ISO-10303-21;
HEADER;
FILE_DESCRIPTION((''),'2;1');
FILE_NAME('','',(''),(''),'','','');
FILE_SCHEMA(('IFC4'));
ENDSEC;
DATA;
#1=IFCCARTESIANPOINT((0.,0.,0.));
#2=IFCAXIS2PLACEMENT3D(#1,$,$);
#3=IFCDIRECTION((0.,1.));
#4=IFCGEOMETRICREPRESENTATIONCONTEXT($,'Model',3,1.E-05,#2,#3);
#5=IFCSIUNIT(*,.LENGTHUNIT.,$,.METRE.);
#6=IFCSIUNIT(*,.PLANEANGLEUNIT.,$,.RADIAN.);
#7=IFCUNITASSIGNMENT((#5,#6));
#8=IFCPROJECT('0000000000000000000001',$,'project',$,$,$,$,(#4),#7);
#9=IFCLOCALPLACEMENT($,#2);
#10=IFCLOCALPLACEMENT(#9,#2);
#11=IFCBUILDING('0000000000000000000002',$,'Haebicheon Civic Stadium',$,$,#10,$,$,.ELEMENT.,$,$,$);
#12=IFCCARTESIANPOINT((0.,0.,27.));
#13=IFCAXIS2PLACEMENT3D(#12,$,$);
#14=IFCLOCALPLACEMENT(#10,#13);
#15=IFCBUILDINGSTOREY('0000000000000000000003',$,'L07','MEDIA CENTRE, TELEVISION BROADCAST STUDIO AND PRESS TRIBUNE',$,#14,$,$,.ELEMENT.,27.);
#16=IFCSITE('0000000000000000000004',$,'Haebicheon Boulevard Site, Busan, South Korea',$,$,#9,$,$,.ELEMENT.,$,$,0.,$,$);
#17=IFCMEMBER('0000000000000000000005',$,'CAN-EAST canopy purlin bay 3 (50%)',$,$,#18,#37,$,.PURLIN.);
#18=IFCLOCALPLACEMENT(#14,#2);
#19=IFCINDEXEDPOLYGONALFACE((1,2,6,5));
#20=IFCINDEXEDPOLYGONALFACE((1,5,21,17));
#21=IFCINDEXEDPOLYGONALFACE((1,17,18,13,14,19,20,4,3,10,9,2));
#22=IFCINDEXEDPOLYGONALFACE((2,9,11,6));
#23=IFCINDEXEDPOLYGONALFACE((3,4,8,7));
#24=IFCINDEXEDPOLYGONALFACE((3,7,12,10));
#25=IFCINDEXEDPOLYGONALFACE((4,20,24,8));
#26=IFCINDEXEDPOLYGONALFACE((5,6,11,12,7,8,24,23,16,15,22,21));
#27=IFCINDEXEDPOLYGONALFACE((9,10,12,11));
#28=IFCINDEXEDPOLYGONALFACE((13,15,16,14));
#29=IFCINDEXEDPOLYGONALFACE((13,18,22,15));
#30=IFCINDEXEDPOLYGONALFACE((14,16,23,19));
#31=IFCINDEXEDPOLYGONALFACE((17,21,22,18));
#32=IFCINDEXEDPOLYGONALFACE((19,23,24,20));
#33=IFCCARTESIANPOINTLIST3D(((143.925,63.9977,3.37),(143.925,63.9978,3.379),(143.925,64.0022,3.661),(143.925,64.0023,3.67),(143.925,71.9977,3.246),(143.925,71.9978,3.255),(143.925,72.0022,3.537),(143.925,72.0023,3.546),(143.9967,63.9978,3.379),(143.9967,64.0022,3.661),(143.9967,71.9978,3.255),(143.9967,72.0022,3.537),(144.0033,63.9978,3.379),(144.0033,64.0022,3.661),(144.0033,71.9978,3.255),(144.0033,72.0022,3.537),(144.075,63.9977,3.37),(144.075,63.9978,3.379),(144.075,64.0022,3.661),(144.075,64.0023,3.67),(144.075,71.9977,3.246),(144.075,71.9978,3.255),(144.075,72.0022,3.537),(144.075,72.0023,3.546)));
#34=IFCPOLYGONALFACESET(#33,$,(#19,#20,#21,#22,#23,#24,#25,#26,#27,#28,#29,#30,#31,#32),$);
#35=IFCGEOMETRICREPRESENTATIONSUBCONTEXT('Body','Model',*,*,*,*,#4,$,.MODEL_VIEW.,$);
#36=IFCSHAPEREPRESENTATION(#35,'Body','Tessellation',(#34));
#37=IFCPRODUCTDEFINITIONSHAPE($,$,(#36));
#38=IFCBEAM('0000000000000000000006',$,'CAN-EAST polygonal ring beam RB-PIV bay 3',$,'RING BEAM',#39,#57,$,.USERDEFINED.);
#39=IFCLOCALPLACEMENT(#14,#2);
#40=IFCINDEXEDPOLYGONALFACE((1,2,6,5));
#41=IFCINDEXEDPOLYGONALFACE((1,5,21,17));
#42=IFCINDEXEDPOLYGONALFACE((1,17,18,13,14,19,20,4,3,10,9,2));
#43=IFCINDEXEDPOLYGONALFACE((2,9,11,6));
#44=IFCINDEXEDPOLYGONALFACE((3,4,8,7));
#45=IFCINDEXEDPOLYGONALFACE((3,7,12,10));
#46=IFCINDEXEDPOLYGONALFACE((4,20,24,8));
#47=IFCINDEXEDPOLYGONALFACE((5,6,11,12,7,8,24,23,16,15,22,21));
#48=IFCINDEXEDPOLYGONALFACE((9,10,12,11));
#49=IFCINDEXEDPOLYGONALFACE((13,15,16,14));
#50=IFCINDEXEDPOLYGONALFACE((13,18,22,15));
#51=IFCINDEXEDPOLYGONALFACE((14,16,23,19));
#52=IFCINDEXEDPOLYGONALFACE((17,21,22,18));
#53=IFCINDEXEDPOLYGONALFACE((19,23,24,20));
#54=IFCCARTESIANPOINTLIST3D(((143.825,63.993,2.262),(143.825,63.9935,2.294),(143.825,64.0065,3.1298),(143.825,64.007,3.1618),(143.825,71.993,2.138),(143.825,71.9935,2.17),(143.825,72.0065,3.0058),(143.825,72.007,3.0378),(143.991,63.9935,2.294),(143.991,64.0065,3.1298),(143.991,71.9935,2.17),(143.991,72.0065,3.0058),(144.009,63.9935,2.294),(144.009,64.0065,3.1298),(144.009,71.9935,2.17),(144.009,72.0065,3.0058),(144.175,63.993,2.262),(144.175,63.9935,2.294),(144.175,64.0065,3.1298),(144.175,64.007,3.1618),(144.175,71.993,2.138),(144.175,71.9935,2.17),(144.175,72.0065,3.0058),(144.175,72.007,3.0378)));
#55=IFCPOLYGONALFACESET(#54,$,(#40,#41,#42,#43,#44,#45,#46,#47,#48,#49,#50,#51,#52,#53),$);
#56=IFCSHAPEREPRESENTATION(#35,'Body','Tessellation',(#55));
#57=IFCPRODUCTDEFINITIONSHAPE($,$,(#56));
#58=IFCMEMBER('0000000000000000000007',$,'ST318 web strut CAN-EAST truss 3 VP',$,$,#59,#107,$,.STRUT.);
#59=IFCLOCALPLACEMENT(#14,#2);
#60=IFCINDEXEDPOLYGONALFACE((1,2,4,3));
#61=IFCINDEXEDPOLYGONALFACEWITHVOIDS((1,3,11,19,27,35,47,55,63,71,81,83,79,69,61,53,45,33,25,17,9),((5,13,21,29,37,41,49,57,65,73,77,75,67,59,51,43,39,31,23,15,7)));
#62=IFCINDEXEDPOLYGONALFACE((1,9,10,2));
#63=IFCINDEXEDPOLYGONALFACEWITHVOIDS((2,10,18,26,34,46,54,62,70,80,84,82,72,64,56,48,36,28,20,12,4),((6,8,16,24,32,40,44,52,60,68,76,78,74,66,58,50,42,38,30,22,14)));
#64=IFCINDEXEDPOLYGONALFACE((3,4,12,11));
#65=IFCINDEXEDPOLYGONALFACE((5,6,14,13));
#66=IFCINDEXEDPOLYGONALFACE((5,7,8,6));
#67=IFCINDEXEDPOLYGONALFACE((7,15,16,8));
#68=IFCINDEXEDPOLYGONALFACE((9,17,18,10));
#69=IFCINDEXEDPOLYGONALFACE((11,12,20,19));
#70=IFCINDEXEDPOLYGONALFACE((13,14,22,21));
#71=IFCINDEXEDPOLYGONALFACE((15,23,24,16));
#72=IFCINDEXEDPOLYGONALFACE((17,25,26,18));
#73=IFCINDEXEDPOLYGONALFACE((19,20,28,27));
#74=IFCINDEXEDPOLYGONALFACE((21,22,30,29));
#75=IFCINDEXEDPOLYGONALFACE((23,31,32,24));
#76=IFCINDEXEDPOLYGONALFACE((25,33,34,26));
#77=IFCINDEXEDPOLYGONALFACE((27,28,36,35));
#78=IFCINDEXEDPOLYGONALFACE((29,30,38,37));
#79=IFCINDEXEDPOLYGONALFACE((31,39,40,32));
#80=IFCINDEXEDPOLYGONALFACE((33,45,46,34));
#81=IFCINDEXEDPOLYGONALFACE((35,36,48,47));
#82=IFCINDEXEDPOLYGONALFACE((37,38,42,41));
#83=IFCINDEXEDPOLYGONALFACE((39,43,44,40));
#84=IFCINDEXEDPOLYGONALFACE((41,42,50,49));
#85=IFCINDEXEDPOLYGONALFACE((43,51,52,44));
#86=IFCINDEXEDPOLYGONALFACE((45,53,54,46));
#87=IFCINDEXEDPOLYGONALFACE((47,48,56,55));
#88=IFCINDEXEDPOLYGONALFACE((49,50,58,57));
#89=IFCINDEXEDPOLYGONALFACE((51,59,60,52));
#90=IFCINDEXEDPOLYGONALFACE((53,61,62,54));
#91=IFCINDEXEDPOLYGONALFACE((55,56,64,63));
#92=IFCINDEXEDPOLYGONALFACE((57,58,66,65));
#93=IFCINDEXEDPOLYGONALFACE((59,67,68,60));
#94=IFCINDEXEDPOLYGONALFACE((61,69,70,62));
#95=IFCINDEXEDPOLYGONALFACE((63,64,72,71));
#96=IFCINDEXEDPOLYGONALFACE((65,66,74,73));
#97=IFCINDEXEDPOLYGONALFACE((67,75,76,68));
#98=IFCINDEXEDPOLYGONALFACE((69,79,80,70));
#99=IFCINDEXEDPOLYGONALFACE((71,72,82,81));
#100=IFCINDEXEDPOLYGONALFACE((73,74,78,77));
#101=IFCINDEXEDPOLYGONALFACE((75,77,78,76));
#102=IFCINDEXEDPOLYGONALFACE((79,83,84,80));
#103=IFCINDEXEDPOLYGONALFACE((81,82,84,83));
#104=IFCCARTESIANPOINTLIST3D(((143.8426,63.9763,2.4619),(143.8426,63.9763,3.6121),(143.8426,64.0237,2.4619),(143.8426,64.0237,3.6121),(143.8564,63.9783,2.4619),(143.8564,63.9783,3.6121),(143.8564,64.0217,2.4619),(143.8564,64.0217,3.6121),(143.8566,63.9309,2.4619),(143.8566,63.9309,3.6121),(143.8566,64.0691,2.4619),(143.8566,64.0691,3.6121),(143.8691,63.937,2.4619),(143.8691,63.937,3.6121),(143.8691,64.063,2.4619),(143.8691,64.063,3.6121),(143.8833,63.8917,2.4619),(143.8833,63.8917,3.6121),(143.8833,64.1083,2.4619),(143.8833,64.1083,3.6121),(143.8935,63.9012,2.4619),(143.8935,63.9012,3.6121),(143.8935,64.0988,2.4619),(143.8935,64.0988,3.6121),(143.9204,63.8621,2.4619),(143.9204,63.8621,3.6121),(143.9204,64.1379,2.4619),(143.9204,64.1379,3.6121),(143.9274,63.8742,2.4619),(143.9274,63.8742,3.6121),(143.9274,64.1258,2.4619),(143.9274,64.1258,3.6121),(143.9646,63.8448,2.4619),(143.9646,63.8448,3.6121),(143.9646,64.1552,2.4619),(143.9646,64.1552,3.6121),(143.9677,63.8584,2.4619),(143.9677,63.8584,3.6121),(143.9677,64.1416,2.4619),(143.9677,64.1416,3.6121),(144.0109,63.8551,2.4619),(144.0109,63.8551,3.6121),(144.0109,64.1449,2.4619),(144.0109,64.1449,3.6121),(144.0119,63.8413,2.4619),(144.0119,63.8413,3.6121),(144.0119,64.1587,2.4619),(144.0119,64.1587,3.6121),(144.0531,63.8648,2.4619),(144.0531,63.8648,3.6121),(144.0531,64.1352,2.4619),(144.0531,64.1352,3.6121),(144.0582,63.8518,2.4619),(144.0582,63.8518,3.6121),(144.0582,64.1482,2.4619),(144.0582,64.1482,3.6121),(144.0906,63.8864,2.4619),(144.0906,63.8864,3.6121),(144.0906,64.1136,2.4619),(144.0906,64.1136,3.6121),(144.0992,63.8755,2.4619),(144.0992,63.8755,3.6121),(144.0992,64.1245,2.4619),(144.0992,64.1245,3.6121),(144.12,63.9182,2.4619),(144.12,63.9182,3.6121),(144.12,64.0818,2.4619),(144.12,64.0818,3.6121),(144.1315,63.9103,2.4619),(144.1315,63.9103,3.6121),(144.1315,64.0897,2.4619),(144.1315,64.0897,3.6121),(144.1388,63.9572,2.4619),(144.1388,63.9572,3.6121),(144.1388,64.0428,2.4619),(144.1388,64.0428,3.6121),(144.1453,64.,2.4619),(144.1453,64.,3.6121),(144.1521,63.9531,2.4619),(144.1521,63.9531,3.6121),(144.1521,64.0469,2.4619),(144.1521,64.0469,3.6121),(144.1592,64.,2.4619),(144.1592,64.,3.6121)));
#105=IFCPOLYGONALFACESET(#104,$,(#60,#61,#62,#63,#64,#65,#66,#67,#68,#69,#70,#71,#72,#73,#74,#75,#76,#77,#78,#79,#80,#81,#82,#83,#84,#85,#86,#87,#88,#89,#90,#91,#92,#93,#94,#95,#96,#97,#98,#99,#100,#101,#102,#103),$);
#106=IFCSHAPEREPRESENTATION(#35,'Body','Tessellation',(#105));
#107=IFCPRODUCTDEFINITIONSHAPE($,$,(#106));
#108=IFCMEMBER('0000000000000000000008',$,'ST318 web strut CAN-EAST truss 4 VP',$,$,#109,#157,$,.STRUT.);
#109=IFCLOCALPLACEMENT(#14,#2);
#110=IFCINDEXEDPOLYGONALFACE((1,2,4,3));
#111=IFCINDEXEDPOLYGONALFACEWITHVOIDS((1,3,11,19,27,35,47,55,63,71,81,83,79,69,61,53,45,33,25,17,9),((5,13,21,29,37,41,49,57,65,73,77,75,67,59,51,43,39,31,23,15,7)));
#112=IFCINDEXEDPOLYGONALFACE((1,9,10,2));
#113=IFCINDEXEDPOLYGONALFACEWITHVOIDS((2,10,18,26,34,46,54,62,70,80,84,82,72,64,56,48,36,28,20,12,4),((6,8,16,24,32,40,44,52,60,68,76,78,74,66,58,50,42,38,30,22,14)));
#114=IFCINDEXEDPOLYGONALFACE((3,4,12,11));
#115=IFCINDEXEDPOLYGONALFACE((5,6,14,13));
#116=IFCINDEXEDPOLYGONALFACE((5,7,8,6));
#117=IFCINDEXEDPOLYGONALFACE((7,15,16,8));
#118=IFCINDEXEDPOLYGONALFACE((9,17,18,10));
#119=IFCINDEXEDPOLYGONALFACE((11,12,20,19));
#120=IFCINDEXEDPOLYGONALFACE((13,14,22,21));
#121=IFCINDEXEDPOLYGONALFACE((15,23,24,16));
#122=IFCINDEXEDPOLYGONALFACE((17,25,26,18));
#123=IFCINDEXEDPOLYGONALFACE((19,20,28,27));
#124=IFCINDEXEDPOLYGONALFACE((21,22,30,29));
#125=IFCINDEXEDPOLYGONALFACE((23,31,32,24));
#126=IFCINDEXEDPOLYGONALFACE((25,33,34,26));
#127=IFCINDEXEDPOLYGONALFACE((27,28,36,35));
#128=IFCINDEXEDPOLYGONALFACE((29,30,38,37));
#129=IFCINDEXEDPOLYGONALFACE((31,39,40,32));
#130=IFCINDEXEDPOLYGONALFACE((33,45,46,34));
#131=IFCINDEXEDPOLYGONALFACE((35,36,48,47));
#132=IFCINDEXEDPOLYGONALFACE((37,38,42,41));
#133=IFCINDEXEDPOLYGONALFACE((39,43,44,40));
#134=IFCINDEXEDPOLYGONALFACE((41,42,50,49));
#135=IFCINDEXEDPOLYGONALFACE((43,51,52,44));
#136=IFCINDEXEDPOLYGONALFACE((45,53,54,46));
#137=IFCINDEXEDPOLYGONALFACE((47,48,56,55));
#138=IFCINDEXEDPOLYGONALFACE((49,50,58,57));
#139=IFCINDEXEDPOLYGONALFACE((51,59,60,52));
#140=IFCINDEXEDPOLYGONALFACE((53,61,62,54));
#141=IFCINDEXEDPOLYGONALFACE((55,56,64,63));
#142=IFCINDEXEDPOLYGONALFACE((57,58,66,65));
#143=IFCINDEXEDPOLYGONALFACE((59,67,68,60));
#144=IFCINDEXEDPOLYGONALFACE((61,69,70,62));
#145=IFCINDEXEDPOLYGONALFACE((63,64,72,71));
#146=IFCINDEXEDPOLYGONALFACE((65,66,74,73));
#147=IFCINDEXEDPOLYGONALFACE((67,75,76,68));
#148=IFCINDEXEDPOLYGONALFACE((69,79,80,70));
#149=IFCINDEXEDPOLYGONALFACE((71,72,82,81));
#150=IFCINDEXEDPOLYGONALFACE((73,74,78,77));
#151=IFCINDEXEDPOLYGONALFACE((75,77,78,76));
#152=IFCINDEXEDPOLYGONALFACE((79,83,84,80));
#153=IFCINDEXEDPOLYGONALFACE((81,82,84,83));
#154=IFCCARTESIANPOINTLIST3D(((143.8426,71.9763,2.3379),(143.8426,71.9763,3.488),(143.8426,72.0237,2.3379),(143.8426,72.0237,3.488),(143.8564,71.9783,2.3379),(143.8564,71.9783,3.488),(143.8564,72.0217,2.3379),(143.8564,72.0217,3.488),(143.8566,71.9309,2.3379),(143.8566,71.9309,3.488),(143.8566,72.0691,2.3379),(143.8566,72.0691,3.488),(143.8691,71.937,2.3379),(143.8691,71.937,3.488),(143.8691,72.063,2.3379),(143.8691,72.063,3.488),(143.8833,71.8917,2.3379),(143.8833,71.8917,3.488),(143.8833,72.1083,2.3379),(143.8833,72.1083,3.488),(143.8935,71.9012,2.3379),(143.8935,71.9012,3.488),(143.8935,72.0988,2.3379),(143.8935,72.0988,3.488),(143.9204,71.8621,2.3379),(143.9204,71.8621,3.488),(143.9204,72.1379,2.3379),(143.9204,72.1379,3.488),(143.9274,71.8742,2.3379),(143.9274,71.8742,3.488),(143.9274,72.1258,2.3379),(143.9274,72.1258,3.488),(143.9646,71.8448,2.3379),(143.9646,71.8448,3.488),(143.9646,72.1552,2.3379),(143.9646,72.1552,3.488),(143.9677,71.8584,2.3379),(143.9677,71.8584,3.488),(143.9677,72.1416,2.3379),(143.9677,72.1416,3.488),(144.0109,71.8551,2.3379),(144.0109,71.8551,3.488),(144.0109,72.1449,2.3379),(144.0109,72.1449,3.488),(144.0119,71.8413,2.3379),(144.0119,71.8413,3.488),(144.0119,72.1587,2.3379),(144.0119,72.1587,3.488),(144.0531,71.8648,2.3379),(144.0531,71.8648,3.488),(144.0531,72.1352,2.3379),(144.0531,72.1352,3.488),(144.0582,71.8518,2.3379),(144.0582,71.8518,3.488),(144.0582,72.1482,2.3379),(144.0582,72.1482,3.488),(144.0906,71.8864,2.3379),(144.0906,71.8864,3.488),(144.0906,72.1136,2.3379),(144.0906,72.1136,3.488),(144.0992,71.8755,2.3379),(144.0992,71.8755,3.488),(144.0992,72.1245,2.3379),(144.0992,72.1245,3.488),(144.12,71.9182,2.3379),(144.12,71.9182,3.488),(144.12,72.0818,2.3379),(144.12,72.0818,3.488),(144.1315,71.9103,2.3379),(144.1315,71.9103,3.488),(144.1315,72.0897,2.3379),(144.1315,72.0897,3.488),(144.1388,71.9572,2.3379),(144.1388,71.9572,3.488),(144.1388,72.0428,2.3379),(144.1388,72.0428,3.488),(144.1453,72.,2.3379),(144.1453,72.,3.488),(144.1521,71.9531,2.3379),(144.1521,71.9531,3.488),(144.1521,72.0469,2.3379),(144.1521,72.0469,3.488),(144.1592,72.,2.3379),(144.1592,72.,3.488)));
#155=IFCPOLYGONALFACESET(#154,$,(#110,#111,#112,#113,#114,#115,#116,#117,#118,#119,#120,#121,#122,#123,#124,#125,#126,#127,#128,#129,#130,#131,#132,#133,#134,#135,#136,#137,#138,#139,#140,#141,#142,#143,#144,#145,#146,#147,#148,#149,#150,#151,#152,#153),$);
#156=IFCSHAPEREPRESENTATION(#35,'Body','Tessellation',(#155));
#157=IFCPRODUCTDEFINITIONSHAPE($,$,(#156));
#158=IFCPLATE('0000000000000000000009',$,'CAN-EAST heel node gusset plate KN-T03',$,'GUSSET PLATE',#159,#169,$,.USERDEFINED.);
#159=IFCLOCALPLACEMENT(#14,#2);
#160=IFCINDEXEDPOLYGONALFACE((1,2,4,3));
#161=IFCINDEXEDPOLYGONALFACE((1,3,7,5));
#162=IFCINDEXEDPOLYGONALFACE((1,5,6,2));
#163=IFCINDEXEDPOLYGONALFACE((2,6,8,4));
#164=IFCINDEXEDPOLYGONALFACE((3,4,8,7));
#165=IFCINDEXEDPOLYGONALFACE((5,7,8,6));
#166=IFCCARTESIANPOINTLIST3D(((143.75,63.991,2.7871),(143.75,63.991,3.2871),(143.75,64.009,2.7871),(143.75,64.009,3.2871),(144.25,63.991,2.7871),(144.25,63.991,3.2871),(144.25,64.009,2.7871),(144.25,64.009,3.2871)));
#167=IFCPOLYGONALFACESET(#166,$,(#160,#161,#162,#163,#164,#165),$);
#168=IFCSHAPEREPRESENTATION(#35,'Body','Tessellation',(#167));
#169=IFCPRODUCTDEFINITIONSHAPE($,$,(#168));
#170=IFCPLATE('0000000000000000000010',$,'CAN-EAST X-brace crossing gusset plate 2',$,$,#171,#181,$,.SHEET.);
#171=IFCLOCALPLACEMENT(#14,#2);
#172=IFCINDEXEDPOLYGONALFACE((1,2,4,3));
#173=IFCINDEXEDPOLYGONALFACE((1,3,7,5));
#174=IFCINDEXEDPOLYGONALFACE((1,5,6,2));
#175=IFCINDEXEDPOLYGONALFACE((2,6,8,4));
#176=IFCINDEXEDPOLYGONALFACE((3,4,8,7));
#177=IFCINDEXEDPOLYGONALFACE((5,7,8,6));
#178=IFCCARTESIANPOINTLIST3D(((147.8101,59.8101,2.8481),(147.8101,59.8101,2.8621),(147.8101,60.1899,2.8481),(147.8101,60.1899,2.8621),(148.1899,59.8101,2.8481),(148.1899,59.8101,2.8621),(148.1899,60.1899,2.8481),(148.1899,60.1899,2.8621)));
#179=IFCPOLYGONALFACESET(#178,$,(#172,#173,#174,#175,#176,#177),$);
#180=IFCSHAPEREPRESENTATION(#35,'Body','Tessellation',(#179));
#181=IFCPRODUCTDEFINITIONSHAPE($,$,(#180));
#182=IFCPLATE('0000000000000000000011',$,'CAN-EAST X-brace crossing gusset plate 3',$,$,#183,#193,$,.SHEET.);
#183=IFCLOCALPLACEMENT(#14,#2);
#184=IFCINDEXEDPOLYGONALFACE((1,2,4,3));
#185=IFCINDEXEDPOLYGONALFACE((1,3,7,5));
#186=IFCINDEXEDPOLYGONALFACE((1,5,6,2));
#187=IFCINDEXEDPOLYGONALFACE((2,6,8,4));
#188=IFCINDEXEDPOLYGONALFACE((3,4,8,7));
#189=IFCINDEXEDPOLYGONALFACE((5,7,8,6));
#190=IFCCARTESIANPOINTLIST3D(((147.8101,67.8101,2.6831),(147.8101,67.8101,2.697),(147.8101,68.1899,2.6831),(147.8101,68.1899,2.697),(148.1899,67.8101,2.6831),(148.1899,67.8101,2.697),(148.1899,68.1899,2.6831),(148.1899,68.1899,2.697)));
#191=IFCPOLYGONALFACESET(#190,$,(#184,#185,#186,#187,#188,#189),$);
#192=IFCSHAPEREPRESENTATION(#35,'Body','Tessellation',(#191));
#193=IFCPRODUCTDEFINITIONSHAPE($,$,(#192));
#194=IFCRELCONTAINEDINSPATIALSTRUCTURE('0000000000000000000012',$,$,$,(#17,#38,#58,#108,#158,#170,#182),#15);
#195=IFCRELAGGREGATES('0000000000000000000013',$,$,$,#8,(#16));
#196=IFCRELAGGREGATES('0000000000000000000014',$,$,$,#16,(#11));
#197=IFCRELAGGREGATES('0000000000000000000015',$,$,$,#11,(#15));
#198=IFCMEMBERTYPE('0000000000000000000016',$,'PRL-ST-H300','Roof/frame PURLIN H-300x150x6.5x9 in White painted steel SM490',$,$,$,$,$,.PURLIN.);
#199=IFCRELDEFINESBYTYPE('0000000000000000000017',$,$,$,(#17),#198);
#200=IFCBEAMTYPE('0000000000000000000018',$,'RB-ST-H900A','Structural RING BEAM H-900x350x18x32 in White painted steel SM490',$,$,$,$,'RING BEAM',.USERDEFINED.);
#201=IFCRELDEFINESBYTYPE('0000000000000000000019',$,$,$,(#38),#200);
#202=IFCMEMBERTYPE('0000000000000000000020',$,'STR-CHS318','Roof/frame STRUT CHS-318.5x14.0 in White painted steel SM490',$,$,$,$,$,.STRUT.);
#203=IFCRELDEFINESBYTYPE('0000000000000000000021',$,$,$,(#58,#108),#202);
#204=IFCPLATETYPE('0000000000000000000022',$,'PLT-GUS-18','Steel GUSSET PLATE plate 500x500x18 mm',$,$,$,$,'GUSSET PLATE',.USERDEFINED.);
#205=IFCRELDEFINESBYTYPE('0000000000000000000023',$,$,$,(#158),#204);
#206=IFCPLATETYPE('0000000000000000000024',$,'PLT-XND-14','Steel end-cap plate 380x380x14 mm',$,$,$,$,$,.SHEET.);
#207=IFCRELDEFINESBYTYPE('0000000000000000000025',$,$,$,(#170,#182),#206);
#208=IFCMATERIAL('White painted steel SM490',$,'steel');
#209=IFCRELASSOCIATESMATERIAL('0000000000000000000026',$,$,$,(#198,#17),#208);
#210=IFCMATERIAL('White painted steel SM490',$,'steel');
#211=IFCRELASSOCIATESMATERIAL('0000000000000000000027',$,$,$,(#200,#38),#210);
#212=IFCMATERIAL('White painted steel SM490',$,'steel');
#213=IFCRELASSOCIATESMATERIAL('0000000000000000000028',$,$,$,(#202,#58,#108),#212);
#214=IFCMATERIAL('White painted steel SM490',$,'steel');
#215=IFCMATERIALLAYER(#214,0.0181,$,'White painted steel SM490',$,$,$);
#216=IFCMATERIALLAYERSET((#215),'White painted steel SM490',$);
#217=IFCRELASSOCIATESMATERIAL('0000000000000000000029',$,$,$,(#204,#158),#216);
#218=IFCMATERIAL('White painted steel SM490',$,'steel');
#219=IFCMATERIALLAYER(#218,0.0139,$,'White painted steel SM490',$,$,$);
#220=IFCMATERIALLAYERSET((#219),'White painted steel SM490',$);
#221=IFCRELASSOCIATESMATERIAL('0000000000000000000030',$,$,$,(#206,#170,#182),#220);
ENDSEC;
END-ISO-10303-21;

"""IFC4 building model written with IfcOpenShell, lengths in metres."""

from ifc_helpers import new_model, si_unit, direction, frame, origin, origin_2d, place, context, subcontext, project, spatial, rectangle, hollow_circle, i_section, extrude, material, layer, layer_set, material_profile, profile_set, type_object, element, save


model = new_model("IFC4")

# Units and contexts
model_context = context("Model", 3, precision=1e-05, world=origin(), true_north=direction((0.0, 1.0)))
body_context = subcontext(model_context, "Body", "Model", "MODEL_VIEW")
ifc_project = project(units=[si_unit("LENGTHUNIT", "METRE"), si_unit("PLANEANGLEUNIT", "RADIAN")], contexts=[model_context])

# Site, building, storey
site_placement = place(None, origin())
site = spatial("IfcSite", under=ifc_project, at=site_placement, Name="Haebicheon Boulevard Site, Busan, South Korea", CompositionType="ELEMENT", RefElevation=0.0)
building_placement = place(site_placement, origin())
building = spatial("IfcBuilding", under=site, at=building_placement, Name="Haebicheon Civic Stadium", CompositionType="ELEMENT")
storey_placement = place(building_placement, frame((0.0, 0.0, 27.0)))
storey = spatial("IfcBuildingStorey", under=building, at=storey_placement, Name="L07", Description="MEDIA CENTRE, TELEVISION BROADCAST STUDIO AND PRESS TRIBUNE", CompositionType="ELEMENT", Elevation=27.0)

# Member
ifc_material_1 = material(Name="White painted steel SM490", Category="steel")
ifc_material_profile_1 = material_profile(ifc_material_1, i_section(OverallWidth=0.1499, OverallDepth=0.3, WebThickness=0.0066, FlangeThickness=0.009, at=origin_2d()), Name="H-300x150x6.5x9")
ifc_profile_set_1 = profile_set([ifc_material_profile_1], Name="White painted steel SM490")
member_type_1 = type_object("IfcMemberType", Name="PRL-ST-H300", Description="Roof/frame PURLIN H-300x150x6.5x9 in White painted steel SM490", PredefinedType="PURLIN", material=ifc_profile_set_1)
member_1_placement = place(storey_placement, frame((144.0, 64.0, 3.52), z_axis=(0.0, 0.99988, -0.015501), x_axis=(-1.0, 0.0, 0.0)))
element("IfcMember", 1, at=member_1_placement, inside=storey, type_object=member_type_1, material=ifc_profile_set_1, Name="CAN-EAST canopy purlin bay 3 (50%)", PredefinedType="PURLIN", context=body_context, shape_type="SweptSolid", body=[
    extrude(i_section(OverallWidth=0.1499, OverallDepth=0.3, WebThickness=0.0066, FlangeThickness=0.009, at=origin_2d()), origin(), (0.0, 0.0, 1.0), 8.001),
])

# Beam
ifc_material_2 = material(Name="White painted steel SM490", Category="steel")
ifc_material_profile_2 = material_profile(ifc_material_2, i_section(OverallWidth=0.3501, OverallDepth=0.8999, WebThickness=0.0181, FlangeThickness=0.032, at=origin_2d()), Name="H-900x350x18x32")
ifc_profile_set_2 = profile_set([ifc_material_profile_2], Name="White painted steel SM490")
beam_type = type_object("IfcBeamType", Name="RB-ST-H900A", Description="Structural RING BEAM H-900x350x18x32 in White painted steel SM490", ElementType="RING BEAM", PredefinedType="USERDEFINED", material=ifc_profile_set_2)
beam_placement = place(storey_placement, frame((144.0, 64.0, 2.7119), z_axis=(0.0, 0.99988, -0.015501), x_axis=(-1.0, 0.0, 0.0)))
element("IfcBeam", 2, at=beam_placement, inside=storey, type_object=beam_type, material=ifc_profile_set_2, Name="CAN-EAST polygonal ring beam RB-PIV bay 3", ObjectType="RING BEAM", PredefinedType="USERDEFINED", context=body_context, shape_type="SweptSolid", body=[
    extrude(i_section(OverallWidth=0.3501, OverallDepth=0.8999, WebThickness=0.0181, FlangeThickness=0.032, at=origin_2d()), origin(), (0.0, 0.0, 1.0), 8.001),
])

# Members
ifc_material_3 = material(Name="White painted steel SM490", Category="steel")
ifc_material_profile_3 = material_profile(ifc_material_3, hollow_circle(Radius=0.1592, WallThickness=0.0139, at=origin_2d()), Name="CHS-318.5x14.0")
ifc_profile_set_3 = profile_set([ifc_material_profile_3], Name="White painted steel SM490")
member_type_2 = type_object("IfcMemberType", Name="STR-CHS318", Description="Roof/frame STRUT CHS-318.5x14.0 in White painted steel SM490", PredefinedType="STRUT", material=ifc_profile_set_3)
for number, where, z_axis, x_axis, name in (
    (3, (144.0, 64.0, 2.4619), (0.0, 0.0, 1.0), (1.0, 0.0, 0.0), "ST318 web strut CAN-EAST truss 3 VP"),
    (4, (144.0, 72.0, 2.3379), (0.0, 0.0, 1.0), (1.0, 0.0, 0.0), "ST318 web strut CAN-EAST truss 4 VP"),
):
    element("IfcMember", number, at=place(storey_placement, frame(where, z_axis=z_axis, x_axis=x_axis)), inside=storey, type_object=member_type_2, material=ifc_profile_set_3, Name=name, PredefinedType="STRUT", context=body_context, shape_type="SweptSolid", body=[
        extrude(hollow_circle(Radius=0.1592, WallThickness=0.0139, at=origin_2d()), origin(), (0.0, 0.0, 1.0), 1.1501),
    ])

# Plates
ifc_material_4 = material(Name="White painted steel SM490", Category="steel")
ifc_layer_1 = layer(ifc_material_4, 0.0181, Name="White painted steel SM490")
ifc_layer_set_1 = layer_set([ifc_layer_1], Name="White painted steel SM490")
plate_type_1 = type_object("IfcPlateType", Name="PLT-GUS-18", Description="Steel GUSSET PLATE plate 500x500x18 mm", ElementType="GUSSET PLATE", PredefinedType="USERDEFINED", material=ifc_layer_set_1)
plate_placement = place(storey_placement, frame((144.0, 64.0, 2.7871), z_axis=(0.0, 0.0, 1.0), x_axis=(1.0, 0.0, 0.0)))
element("IfcPlate", 5, at=plate_placement, inside=storey, type_object=plate_type_1, material=ifc_layer_set_1, Name="CAN-EAST heel node gusset plate KN-T03", ObjectType="GUSSET PLATE", PredefinedType="USERDEFINED", context=body_context, shape_type="SweptSolid", body=[
    extrude(rectangle(XDim=0.5, YDim=0.0181, at=origin_2d()), origin(), (0.0, 0.0, 1.0), 0.5),
])
ifc_material_5 = material(Name="White painted steel SM490", Category="steel")
ifc_layer_2 = layer(ifc_material_5, 0.0139, Name="White painted steel SM490")
ifc_layer_set_2 = layer_set([ifc_layer_2], Name="White painted steel SM490")
plate_type_2 = type_object("IfcPlateType", Name="PLT-XND-14", Description="Steel end-cap plate 380x380x14 mm", PredefinedType="SHEET", material=ifc_layer_set_2)
for number, where, z_axis, x_axis, name in (
    (6, (148.0, 60.0, 2.8481), (0.0, 0.0, 1.0), (1.0, 0.0, 0.0), "CAN-EAST X-brace crossing gusset plate 2"),
    (7, (148.0, 68.0, 2.6831), (0.0, 0.0, 1.0), (1.0, 0.0, 0.0), "CAN-EAST X-brace crossing gusset plate 3"),
):
    element("IfcPlate", number, at=place(storey_placement, frame(where, z_axis=z_axis, x_axis=x_axis)), inside=storey, type_object=plate_type_2, material=ifc_layer_set_2, Name=name, PredefinedType="SHEET", context=body_context, shape_type="SweptSolid", body=[
        extrude(rectangle(XDim=0.3799, YDim=0.3799, at=origin_2d()), origin(), (0.0, 0.0, 1.0), 0.0139),
    ])

save(model, "model.ifc")
